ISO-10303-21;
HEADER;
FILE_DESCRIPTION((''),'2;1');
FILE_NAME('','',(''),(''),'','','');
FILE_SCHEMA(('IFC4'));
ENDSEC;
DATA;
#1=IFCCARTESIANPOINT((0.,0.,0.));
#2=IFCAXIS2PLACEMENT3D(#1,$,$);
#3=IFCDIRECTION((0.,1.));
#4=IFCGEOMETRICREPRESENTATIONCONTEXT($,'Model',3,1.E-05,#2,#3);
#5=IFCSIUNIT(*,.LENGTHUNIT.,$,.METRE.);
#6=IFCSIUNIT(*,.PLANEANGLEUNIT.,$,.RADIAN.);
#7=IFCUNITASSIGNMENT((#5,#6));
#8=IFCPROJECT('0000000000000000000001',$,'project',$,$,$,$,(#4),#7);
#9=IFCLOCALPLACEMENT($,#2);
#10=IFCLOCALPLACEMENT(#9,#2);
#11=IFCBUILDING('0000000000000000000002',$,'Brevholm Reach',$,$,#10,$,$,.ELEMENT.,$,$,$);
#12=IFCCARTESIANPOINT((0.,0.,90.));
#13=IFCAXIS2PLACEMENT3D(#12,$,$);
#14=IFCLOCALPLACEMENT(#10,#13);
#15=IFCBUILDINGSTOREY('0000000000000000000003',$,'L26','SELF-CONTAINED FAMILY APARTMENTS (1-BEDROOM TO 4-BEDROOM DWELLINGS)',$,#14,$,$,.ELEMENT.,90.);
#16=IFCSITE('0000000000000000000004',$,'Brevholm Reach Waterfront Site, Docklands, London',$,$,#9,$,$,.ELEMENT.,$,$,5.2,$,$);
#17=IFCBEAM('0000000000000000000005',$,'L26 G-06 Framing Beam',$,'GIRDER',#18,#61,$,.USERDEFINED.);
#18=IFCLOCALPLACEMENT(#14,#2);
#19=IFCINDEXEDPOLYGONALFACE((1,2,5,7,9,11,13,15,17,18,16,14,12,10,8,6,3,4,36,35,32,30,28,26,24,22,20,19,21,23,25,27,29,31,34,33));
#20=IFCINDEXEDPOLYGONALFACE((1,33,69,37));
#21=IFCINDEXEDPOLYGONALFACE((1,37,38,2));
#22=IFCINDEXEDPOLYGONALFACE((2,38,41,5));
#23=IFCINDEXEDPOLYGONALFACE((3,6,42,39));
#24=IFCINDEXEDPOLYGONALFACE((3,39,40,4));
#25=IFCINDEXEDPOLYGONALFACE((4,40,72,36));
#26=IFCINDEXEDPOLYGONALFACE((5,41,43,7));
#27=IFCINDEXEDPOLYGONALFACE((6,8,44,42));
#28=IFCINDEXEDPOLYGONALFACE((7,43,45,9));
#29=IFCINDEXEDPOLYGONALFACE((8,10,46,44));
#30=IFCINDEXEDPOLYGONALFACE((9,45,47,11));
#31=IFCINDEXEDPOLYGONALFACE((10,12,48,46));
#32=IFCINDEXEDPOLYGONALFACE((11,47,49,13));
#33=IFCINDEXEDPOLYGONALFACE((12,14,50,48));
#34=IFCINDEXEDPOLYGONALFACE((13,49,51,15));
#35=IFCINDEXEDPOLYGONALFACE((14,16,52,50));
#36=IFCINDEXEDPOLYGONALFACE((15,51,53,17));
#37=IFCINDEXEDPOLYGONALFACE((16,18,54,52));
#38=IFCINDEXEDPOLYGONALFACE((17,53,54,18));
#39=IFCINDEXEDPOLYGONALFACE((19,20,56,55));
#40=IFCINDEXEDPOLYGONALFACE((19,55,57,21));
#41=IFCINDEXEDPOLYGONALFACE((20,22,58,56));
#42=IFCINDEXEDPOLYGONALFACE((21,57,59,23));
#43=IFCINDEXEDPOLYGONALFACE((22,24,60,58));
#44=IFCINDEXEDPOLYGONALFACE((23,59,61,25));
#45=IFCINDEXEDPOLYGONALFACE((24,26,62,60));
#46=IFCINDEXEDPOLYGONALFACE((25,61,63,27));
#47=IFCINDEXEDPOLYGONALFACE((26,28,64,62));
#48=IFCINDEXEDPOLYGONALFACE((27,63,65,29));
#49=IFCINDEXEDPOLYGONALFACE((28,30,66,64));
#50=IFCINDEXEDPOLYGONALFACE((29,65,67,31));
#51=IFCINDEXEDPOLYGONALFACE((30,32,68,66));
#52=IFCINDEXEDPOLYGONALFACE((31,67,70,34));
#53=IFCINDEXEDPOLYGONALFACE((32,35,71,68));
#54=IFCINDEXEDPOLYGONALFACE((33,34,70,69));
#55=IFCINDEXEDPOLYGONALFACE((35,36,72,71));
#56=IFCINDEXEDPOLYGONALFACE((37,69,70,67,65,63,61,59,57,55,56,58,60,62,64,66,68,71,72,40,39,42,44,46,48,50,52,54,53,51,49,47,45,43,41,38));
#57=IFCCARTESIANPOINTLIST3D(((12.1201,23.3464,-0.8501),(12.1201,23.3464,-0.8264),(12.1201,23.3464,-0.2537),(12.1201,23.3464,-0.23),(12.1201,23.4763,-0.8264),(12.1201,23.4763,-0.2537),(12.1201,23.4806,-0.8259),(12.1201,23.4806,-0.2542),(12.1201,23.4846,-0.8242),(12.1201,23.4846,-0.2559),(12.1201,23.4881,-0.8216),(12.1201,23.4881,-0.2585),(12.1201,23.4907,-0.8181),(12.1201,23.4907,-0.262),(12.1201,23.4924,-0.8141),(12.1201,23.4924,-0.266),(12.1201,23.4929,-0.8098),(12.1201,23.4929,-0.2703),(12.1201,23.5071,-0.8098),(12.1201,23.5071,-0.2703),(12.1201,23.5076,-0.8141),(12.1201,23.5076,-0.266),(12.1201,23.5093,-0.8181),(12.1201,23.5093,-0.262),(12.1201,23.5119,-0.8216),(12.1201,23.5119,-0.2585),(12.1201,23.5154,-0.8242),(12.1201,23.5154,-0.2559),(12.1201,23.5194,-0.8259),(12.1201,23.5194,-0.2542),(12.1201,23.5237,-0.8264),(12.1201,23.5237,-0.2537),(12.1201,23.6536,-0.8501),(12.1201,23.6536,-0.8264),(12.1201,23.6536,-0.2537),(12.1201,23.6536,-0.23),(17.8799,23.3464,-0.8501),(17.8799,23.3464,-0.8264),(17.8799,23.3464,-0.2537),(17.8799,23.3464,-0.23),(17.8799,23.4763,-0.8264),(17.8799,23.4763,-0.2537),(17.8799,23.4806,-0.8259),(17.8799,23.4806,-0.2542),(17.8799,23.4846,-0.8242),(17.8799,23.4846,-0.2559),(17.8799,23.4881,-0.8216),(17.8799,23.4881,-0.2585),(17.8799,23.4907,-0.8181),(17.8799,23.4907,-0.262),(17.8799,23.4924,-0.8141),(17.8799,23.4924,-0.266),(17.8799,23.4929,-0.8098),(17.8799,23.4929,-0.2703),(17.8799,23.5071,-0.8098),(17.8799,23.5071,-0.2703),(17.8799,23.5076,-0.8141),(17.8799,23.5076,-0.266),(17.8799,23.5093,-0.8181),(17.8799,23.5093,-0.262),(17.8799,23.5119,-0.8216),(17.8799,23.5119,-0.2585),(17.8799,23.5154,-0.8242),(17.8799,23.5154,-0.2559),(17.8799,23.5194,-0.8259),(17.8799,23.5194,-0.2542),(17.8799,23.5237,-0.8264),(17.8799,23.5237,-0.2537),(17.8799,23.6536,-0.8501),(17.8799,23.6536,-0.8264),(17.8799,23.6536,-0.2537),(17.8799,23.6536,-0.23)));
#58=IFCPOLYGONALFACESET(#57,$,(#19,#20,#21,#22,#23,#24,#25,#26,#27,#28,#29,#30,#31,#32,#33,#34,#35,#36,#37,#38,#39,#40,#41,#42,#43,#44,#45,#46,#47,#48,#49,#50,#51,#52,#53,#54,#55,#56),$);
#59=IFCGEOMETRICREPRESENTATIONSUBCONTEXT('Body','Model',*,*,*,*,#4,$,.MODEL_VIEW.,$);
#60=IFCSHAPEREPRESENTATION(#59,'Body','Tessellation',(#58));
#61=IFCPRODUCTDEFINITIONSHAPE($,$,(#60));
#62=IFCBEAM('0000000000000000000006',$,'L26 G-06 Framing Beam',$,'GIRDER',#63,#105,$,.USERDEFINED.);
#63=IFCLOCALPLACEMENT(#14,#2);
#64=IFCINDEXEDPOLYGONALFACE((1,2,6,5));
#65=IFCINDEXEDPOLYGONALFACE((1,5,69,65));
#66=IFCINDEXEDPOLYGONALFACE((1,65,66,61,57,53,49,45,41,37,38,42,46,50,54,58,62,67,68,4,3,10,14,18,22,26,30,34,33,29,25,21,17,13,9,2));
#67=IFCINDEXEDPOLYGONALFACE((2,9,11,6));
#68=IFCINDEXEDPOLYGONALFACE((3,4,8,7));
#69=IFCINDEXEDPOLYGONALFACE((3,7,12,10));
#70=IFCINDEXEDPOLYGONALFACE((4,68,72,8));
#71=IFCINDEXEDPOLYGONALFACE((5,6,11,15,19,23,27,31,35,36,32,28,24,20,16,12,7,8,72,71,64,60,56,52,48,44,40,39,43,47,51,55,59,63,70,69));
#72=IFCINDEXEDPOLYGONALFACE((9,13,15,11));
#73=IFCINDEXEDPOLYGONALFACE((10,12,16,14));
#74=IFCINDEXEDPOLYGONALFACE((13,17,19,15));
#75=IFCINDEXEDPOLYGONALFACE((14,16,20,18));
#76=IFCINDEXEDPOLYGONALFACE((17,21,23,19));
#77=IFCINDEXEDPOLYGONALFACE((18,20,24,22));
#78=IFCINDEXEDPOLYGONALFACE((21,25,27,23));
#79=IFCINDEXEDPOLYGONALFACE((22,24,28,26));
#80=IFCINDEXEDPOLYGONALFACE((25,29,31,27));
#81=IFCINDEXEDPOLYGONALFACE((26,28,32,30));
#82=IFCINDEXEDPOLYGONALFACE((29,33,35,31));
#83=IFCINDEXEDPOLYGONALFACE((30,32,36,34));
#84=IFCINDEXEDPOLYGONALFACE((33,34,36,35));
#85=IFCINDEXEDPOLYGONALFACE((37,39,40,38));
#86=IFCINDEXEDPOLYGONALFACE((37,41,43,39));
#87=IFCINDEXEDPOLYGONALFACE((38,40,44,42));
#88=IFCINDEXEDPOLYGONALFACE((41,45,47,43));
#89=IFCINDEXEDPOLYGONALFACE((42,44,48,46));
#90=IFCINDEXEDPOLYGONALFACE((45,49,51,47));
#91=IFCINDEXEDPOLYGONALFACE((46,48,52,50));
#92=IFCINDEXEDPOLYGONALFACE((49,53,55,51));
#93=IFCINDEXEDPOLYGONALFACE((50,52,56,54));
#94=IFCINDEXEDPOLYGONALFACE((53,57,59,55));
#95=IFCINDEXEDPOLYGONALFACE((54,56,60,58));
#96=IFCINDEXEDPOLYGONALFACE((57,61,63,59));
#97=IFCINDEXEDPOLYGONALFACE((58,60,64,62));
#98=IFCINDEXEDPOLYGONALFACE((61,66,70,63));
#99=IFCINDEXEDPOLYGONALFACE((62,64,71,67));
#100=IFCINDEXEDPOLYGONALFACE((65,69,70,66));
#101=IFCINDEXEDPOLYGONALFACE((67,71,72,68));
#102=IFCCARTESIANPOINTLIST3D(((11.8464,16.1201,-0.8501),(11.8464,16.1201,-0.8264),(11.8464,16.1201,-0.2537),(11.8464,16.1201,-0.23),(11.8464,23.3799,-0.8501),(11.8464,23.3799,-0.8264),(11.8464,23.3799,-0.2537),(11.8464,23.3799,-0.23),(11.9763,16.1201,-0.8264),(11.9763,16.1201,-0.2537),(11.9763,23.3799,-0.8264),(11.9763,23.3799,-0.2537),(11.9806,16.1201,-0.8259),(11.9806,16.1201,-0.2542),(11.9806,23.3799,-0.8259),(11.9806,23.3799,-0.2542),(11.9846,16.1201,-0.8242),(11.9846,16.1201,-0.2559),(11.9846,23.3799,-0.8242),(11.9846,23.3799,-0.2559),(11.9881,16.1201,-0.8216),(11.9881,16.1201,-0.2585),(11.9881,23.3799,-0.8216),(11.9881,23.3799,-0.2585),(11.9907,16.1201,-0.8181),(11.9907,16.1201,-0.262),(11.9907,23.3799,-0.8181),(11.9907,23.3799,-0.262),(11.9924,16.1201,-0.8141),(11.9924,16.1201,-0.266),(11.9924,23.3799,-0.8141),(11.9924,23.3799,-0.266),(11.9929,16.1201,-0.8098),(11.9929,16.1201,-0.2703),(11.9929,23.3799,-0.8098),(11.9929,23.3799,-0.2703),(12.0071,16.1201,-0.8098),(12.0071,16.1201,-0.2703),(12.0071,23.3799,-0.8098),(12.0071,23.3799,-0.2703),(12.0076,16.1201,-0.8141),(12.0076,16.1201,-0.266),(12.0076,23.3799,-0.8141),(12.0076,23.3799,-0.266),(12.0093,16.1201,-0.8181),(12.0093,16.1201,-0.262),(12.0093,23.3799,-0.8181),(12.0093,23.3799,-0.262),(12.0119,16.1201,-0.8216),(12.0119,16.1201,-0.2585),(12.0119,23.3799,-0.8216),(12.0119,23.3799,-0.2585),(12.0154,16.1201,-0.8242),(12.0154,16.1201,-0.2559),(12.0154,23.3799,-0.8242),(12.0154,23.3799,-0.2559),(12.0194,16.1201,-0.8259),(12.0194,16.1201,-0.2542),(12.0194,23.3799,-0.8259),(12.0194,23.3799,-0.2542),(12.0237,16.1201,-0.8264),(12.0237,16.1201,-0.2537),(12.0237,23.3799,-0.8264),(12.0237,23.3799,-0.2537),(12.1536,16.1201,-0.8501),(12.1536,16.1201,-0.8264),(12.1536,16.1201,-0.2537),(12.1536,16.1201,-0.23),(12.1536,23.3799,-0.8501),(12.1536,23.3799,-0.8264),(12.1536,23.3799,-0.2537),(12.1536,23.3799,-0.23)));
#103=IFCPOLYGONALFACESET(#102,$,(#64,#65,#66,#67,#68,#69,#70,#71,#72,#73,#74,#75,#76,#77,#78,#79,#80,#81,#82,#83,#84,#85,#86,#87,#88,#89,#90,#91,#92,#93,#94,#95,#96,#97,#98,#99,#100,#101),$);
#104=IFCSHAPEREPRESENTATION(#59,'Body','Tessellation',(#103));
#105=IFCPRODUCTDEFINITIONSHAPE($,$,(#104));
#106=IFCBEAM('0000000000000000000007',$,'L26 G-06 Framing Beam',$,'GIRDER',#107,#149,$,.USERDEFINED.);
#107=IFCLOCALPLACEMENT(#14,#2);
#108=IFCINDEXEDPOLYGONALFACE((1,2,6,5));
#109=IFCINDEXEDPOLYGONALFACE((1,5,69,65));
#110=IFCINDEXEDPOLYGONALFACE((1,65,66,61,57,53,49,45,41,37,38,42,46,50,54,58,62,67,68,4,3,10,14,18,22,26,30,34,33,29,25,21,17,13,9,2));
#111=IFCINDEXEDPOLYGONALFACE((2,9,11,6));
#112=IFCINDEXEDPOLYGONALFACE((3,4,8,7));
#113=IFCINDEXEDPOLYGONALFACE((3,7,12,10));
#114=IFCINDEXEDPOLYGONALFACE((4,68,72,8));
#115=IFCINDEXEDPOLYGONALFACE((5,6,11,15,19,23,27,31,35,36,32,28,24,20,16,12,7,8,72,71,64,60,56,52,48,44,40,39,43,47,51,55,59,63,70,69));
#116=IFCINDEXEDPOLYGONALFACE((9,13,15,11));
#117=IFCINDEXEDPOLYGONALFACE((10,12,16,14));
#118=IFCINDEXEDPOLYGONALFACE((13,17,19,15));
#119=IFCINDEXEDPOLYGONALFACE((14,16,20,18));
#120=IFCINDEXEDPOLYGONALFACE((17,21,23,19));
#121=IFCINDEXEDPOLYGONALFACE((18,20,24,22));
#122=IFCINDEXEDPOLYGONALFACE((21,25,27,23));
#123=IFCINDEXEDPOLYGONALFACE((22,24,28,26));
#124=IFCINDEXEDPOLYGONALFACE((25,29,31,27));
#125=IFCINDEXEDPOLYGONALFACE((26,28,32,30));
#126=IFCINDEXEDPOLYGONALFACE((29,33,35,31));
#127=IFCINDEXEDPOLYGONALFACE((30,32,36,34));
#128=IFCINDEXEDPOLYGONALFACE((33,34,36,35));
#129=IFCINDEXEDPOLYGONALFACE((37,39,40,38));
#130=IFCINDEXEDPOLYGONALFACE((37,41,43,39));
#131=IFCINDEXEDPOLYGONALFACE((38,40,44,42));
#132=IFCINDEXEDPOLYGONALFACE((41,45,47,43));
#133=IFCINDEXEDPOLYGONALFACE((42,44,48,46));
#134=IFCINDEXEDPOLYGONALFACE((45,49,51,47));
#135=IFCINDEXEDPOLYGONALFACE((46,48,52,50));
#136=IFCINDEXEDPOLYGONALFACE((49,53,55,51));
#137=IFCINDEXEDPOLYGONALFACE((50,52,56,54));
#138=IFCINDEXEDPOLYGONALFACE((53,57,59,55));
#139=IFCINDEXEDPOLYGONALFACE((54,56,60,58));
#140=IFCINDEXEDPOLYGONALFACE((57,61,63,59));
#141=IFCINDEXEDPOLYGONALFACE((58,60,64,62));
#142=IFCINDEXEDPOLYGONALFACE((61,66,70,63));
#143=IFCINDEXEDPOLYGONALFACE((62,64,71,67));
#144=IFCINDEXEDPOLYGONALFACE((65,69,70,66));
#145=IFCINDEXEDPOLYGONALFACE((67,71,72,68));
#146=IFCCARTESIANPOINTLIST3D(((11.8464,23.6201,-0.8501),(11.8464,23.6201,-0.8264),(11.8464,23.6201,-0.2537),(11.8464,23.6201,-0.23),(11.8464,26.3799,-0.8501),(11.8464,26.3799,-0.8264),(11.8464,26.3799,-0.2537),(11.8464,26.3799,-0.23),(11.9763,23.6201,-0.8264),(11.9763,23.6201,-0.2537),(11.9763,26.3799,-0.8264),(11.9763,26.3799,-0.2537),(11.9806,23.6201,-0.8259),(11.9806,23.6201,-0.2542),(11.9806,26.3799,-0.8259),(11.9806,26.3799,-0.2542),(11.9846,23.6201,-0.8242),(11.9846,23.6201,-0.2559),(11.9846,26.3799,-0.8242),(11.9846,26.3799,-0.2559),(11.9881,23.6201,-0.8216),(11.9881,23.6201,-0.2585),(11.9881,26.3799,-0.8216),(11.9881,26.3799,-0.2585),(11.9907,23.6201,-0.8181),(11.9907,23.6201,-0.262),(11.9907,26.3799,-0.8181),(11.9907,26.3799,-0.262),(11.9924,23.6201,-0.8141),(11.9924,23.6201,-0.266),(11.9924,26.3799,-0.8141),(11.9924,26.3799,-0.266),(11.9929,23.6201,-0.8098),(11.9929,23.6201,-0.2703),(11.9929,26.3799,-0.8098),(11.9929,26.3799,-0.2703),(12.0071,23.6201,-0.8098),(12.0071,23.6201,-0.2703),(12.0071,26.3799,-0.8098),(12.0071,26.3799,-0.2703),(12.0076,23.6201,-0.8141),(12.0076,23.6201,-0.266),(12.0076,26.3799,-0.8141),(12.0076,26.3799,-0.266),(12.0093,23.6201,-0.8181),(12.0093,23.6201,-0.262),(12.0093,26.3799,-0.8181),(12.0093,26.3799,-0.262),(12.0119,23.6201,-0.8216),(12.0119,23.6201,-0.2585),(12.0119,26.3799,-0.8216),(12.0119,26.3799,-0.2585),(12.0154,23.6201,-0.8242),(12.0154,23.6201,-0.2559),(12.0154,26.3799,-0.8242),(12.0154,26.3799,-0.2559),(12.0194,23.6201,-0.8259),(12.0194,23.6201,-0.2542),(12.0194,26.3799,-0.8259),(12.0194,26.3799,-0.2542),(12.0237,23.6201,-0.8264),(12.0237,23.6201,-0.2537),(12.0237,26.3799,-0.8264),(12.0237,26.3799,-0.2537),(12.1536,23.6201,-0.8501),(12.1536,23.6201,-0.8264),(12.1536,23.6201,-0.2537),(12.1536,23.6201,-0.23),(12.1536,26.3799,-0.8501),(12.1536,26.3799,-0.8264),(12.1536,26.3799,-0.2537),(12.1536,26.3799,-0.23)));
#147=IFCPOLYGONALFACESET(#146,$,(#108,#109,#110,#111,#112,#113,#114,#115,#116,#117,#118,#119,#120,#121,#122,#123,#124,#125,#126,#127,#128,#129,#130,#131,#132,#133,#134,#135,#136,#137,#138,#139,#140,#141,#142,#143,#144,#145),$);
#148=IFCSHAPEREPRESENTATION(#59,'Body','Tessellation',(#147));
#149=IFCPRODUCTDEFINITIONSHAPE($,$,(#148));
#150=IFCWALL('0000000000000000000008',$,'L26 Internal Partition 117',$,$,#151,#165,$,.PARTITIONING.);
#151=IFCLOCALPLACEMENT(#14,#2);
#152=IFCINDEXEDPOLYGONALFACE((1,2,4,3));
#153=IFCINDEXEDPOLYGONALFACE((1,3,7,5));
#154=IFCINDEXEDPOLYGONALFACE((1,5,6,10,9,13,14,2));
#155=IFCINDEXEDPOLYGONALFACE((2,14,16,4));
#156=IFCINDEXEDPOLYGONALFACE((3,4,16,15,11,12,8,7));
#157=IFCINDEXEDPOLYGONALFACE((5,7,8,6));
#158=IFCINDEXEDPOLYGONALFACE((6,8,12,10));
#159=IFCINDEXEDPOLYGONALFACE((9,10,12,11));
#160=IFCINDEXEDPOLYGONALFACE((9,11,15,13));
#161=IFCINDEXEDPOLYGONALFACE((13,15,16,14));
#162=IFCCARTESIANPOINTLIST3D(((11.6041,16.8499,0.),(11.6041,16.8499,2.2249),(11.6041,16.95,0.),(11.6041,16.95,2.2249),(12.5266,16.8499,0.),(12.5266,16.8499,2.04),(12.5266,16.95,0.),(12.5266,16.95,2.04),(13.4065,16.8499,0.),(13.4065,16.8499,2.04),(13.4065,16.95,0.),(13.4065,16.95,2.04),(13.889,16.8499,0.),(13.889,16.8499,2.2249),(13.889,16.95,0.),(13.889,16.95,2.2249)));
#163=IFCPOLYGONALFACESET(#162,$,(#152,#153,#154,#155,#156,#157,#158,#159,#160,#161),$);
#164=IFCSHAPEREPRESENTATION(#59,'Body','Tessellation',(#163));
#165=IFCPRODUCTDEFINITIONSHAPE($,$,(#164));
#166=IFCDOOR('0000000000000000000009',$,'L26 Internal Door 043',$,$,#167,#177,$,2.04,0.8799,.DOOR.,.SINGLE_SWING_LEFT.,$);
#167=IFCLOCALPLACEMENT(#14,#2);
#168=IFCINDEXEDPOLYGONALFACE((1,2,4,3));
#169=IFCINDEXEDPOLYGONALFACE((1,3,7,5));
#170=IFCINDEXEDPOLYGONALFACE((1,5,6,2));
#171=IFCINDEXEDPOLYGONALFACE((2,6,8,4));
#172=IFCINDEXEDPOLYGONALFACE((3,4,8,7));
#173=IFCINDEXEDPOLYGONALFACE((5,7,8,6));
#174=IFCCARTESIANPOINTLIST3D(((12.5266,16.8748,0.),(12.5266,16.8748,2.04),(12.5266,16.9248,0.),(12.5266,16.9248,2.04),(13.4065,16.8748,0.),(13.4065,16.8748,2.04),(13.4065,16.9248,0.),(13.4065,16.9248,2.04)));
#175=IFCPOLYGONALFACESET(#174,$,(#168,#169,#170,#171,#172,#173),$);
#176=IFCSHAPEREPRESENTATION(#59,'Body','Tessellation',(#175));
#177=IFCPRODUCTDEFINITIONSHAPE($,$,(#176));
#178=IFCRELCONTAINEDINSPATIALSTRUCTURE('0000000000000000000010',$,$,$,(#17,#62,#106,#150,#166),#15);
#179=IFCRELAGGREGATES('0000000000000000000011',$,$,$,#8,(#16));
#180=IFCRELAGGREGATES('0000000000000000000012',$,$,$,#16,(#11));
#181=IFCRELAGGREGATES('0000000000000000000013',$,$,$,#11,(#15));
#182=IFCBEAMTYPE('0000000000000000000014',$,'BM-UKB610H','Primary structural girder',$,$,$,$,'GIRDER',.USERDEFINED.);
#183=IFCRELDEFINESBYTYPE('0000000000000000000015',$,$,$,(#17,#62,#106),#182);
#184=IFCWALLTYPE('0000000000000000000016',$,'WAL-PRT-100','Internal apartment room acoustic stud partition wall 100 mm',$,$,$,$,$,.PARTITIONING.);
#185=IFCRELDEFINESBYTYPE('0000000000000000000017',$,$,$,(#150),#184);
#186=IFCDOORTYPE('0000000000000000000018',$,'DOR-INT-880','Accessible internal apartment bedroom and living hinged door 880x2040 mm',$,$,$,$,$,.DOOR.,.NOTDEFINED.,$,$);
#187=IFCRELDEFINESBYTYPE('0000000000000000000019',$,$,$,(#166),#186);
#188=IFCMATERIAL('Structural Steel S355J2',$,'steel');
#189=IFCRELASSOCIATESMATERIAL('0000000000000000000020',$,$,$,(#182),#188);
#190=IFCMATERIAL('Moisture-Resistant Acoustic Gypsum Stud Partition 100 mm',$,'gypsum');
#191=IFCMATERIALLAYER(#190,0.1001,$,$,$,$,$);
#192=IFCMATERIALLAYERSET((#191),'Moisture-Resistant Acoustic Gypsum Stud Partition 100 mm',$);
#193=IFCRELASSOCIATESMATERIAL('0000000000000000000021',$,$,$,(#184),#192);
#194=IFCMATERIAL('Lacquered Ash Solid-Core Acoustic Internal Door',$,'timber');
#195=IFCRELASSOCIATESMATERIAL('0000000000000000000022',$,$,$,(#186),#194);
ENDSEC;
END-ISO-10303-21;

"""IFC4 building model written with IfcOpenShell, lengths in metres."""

from ifc_helpers import new_model, si_unit, direction, frame, frame_2d, origin, origin_2d, place, context, subcontext, project, spatial, rectangle, i_section, extrude, material, layer, layer_set, material_profile, profile_set, type_object, element, fill, save


model = new_model("IFC4")

# Units and contexts
model_context = context("Model", 3, precision=1e-05, world=origin(), true_north=direction((0.0, 1.0)))
body_context = subcontext(model_context, "Body", "Model", "MODEL_VIEW")
ifc_project = project(units=[si_unit("LENGTHUNIT", "METRE"), si_unit("PLANEANGLEUNIT", "RADIAN")], contexts=[model_context])

# Site, building, storey
site_placement = place(None, origin())
site = spatial("IfcSite", under=ifc_project, at=site_placement, Name="Brevholm Reach Waterfront Site, Docklands, London", CompositionType="ELEMENT", RefElevation=5.2)
building_placement = place(site_placement, origin())
building = spatial("IfcBuilding", under=site, at=building_placement, Name="Brevholm Reach", CompositionType="ELEMENT")
storey_placement = place(building_placement, frame((0.0, 0.0, 90.0)))
storey = spatial("IfcBuildingStorey", under=building, at=storey_placement, Name="L26", Description="SELF-CONTAINED FAMILY APARTMENTS (1-BEDROOM TO 4-BEDROOM DWELLINGS)", CompositionType="ELEMENT", Elevation=90.0)

# Beams
ifc_material_1 = material(Name="Structural Steel S355J2", Category="steel")
ifc_material_profile_1 = material_profile(ifc_material_1, i_section(OverallWidth=0.3071, OverallDepth=0.6201, WebThickness=0.0142, FlangeThickness=0.0237, FilletRadius=0.0166, at=origin_2d()), Name="UKB 610x305x179")
ifc_profile_set_1 = profile_set([ifc_material_profile_1], Name="Structural Steel S355J2")
beam_type_1 = type_object("IfcBeamType", Name="BM-UKB610H", Description="Primary structural girder", ElementType="GIRDER", PredefinedType="USERDEFINED", material=ifc_profile_set_1)
for number, where, z_axis, x_axis, name in (
    (1, (12.1201, 23.5, -0.54), (1.0, 0.0, 0.0), (0.0, 1.0, 0.0), "L26 G-06 Framing Beam"),
):
    element("IfcBeam", number, at=place(storey_placement, frame(where, z_axis=z_axis, x_axis=x_axis)), inside=storey, type_object=beam_type_1, Name=name, ObjectType="GIRDER", PredefinedType="USERDEFINED", context=body_context, shape_type="SweptSolid", body=[
        extrude(i_section(OverallWidth=0.3071, OverallDepth=0.6201, WebThickness=0.0142, FlangeThickness=0.0237, FilletRadius=0.0166, at=origin_2d()), origin(), (0.0, 0.0, 1.0), 5.7598),
    ])
beam_1_placement = place(storey_placement, frame((12.0, 16.1201, -0.54), z_axis=(0.0, 1.0, 0.0), x_axis=(-1.0, 0.0, 0.0)))
element("IfcBeam", 2, at=beam_1_placement, inside=storey, type_object=beam_type_1, Name="L26 G-06 Framing Beam", ObjectType="GIRDER", PredefinedType="USERDEFINED", context=body_context, shape_type="SweptSolid", body=[
    extrude(i_section(OverallWidth=0.3071, OverallDepth=0.6201, WebThickness=0.0142, FlangeThickness=0.0237, FilletRadius=0.0166, at=origin_2d()), origin(), (0.0, 0.0, 1.0), 7.2598),
])
beam_2_placement = place(storey_placement, frame((12.0, 23.6201, -0.54), z_axis=(0.0, 1.0, 0.0), x_axis=(-1.0, 0.0, 0.0)))
element("IfcBeam", 3, at=beam_2_placement, inside=storey, type_object=beam_type_1, Name="L26 G-06 Framing Beam", ObjectType="GIRDER", PredefinedType="USERDEFINED", context=body_context, shape_type="SweptSolid", body=[
    extrude(i_section(OverallWidth=0.3071, OverallDepth=0.6201, WebThickness=0.0142, FlangeThickness=0.0237, FilletRadius=0.0166, at=origin_2d()), origin(), (0.0, 0.0, 1.0), 2.7598),
])

# Wall, opening, door
ifc_material_2 = material(Name="Moisture-Resistant Acoustic Gypsum Stud Partition 100 mm", Category="gypsum")
ifc_layer_1 = layer(ifc_material_2, 0.1001)
ifc_layer_set_1 = layer_set([ifc_layer_1], Name="Moisture-Resistant Acoustic Gypsum Stud Partition 100 mm")
wall_type_1 = type_object("IfcWallType", Name="WAL-PRT-100", Description="Internal apartment room acoustic stud partition wall 100 mm", PredefinedType="PARTITIONING", material=ifc_layer_set_1)
wall_1_placement = place(storey_placement, frame((11.604, 16.8999, 0.0), z_axis=(0.0, 0.0, 1.0), x_axis=(1.0, 0.0, 0.0)))
wall_1 = element("IfcWall", 4, at=wall_1_placement, inside=storey, type_object=wall_type_1, Name="L26 Internal Partition 117", PredefinedType="PARTITIONING", context=body_context, shape_type="SweptSolid", body=[
    extrude(rectangle(XDim=2.2849, YDim=0.1001, at=frame_2d((1.1426, 0.0))), origin(), (0.0, 0.0, 1.0), 2.2249),
])
opening_1_placement = place(wall_1_placement, frame((0.9226, 0.0, 0.0)))
opening_1 = element("IfcOpeningElement", 5, at=opening_1_placement, cuts=wall_1, PredefinedType="OPENING", context=body_context, shape_type="SweptSolid", body=[
    extrude(rectangle(XDim=0.8799, YDim=2.04, at=frame_2d((0.4399, 1.02))), frame((0.0, 0.0601, 0.0), z_axis=(0.0, -1.0, 0.0), x_axis=(1.0, 0.0, 0.0)), (0.0, 0.0, 1.0), 0.1201),
])
ifc_material_3 = material(Name="Lacquered Ash Solid-Core Acoustic Internal Door", Category="timber")
door_type_1 = type_object("IfcDoorType", Name="DOR-INT-880", Description="Accessible internal apartment bedroom and living hinged door 880x2040 mm", OperationType="NOTDEFINED", PredefinedType="DOOR", material=ifc_material_3)
door_1_placement = place(opening_1_placement, origin())
door_1 = element("IfcDoor", 6, at=door_1_placement, inside=storey, type_object=door_type_1, Name="L26 Internal Door 043", OperationType="SINGLE_SWING_LEFT", OverallHeight=2.04, OverallWidth=0.8799, PredefinedType="DOOR", context=body_context, shape_type="SweptSolid", body=[
    extrude(rectangle(XDim=0.8799, YDim=2.04, at=frame_2d((0.4399, 1.02))), frame((0.0, 0.0249, 0.0), z_axis=(0.0, -1.0, 0.0), x_axis=(1.0, 0.0, 0.0)), (0.0, 0.0, 1.0), 0.05),
])
fill(opening_1, door_1)

save(model, "model.ifc")
